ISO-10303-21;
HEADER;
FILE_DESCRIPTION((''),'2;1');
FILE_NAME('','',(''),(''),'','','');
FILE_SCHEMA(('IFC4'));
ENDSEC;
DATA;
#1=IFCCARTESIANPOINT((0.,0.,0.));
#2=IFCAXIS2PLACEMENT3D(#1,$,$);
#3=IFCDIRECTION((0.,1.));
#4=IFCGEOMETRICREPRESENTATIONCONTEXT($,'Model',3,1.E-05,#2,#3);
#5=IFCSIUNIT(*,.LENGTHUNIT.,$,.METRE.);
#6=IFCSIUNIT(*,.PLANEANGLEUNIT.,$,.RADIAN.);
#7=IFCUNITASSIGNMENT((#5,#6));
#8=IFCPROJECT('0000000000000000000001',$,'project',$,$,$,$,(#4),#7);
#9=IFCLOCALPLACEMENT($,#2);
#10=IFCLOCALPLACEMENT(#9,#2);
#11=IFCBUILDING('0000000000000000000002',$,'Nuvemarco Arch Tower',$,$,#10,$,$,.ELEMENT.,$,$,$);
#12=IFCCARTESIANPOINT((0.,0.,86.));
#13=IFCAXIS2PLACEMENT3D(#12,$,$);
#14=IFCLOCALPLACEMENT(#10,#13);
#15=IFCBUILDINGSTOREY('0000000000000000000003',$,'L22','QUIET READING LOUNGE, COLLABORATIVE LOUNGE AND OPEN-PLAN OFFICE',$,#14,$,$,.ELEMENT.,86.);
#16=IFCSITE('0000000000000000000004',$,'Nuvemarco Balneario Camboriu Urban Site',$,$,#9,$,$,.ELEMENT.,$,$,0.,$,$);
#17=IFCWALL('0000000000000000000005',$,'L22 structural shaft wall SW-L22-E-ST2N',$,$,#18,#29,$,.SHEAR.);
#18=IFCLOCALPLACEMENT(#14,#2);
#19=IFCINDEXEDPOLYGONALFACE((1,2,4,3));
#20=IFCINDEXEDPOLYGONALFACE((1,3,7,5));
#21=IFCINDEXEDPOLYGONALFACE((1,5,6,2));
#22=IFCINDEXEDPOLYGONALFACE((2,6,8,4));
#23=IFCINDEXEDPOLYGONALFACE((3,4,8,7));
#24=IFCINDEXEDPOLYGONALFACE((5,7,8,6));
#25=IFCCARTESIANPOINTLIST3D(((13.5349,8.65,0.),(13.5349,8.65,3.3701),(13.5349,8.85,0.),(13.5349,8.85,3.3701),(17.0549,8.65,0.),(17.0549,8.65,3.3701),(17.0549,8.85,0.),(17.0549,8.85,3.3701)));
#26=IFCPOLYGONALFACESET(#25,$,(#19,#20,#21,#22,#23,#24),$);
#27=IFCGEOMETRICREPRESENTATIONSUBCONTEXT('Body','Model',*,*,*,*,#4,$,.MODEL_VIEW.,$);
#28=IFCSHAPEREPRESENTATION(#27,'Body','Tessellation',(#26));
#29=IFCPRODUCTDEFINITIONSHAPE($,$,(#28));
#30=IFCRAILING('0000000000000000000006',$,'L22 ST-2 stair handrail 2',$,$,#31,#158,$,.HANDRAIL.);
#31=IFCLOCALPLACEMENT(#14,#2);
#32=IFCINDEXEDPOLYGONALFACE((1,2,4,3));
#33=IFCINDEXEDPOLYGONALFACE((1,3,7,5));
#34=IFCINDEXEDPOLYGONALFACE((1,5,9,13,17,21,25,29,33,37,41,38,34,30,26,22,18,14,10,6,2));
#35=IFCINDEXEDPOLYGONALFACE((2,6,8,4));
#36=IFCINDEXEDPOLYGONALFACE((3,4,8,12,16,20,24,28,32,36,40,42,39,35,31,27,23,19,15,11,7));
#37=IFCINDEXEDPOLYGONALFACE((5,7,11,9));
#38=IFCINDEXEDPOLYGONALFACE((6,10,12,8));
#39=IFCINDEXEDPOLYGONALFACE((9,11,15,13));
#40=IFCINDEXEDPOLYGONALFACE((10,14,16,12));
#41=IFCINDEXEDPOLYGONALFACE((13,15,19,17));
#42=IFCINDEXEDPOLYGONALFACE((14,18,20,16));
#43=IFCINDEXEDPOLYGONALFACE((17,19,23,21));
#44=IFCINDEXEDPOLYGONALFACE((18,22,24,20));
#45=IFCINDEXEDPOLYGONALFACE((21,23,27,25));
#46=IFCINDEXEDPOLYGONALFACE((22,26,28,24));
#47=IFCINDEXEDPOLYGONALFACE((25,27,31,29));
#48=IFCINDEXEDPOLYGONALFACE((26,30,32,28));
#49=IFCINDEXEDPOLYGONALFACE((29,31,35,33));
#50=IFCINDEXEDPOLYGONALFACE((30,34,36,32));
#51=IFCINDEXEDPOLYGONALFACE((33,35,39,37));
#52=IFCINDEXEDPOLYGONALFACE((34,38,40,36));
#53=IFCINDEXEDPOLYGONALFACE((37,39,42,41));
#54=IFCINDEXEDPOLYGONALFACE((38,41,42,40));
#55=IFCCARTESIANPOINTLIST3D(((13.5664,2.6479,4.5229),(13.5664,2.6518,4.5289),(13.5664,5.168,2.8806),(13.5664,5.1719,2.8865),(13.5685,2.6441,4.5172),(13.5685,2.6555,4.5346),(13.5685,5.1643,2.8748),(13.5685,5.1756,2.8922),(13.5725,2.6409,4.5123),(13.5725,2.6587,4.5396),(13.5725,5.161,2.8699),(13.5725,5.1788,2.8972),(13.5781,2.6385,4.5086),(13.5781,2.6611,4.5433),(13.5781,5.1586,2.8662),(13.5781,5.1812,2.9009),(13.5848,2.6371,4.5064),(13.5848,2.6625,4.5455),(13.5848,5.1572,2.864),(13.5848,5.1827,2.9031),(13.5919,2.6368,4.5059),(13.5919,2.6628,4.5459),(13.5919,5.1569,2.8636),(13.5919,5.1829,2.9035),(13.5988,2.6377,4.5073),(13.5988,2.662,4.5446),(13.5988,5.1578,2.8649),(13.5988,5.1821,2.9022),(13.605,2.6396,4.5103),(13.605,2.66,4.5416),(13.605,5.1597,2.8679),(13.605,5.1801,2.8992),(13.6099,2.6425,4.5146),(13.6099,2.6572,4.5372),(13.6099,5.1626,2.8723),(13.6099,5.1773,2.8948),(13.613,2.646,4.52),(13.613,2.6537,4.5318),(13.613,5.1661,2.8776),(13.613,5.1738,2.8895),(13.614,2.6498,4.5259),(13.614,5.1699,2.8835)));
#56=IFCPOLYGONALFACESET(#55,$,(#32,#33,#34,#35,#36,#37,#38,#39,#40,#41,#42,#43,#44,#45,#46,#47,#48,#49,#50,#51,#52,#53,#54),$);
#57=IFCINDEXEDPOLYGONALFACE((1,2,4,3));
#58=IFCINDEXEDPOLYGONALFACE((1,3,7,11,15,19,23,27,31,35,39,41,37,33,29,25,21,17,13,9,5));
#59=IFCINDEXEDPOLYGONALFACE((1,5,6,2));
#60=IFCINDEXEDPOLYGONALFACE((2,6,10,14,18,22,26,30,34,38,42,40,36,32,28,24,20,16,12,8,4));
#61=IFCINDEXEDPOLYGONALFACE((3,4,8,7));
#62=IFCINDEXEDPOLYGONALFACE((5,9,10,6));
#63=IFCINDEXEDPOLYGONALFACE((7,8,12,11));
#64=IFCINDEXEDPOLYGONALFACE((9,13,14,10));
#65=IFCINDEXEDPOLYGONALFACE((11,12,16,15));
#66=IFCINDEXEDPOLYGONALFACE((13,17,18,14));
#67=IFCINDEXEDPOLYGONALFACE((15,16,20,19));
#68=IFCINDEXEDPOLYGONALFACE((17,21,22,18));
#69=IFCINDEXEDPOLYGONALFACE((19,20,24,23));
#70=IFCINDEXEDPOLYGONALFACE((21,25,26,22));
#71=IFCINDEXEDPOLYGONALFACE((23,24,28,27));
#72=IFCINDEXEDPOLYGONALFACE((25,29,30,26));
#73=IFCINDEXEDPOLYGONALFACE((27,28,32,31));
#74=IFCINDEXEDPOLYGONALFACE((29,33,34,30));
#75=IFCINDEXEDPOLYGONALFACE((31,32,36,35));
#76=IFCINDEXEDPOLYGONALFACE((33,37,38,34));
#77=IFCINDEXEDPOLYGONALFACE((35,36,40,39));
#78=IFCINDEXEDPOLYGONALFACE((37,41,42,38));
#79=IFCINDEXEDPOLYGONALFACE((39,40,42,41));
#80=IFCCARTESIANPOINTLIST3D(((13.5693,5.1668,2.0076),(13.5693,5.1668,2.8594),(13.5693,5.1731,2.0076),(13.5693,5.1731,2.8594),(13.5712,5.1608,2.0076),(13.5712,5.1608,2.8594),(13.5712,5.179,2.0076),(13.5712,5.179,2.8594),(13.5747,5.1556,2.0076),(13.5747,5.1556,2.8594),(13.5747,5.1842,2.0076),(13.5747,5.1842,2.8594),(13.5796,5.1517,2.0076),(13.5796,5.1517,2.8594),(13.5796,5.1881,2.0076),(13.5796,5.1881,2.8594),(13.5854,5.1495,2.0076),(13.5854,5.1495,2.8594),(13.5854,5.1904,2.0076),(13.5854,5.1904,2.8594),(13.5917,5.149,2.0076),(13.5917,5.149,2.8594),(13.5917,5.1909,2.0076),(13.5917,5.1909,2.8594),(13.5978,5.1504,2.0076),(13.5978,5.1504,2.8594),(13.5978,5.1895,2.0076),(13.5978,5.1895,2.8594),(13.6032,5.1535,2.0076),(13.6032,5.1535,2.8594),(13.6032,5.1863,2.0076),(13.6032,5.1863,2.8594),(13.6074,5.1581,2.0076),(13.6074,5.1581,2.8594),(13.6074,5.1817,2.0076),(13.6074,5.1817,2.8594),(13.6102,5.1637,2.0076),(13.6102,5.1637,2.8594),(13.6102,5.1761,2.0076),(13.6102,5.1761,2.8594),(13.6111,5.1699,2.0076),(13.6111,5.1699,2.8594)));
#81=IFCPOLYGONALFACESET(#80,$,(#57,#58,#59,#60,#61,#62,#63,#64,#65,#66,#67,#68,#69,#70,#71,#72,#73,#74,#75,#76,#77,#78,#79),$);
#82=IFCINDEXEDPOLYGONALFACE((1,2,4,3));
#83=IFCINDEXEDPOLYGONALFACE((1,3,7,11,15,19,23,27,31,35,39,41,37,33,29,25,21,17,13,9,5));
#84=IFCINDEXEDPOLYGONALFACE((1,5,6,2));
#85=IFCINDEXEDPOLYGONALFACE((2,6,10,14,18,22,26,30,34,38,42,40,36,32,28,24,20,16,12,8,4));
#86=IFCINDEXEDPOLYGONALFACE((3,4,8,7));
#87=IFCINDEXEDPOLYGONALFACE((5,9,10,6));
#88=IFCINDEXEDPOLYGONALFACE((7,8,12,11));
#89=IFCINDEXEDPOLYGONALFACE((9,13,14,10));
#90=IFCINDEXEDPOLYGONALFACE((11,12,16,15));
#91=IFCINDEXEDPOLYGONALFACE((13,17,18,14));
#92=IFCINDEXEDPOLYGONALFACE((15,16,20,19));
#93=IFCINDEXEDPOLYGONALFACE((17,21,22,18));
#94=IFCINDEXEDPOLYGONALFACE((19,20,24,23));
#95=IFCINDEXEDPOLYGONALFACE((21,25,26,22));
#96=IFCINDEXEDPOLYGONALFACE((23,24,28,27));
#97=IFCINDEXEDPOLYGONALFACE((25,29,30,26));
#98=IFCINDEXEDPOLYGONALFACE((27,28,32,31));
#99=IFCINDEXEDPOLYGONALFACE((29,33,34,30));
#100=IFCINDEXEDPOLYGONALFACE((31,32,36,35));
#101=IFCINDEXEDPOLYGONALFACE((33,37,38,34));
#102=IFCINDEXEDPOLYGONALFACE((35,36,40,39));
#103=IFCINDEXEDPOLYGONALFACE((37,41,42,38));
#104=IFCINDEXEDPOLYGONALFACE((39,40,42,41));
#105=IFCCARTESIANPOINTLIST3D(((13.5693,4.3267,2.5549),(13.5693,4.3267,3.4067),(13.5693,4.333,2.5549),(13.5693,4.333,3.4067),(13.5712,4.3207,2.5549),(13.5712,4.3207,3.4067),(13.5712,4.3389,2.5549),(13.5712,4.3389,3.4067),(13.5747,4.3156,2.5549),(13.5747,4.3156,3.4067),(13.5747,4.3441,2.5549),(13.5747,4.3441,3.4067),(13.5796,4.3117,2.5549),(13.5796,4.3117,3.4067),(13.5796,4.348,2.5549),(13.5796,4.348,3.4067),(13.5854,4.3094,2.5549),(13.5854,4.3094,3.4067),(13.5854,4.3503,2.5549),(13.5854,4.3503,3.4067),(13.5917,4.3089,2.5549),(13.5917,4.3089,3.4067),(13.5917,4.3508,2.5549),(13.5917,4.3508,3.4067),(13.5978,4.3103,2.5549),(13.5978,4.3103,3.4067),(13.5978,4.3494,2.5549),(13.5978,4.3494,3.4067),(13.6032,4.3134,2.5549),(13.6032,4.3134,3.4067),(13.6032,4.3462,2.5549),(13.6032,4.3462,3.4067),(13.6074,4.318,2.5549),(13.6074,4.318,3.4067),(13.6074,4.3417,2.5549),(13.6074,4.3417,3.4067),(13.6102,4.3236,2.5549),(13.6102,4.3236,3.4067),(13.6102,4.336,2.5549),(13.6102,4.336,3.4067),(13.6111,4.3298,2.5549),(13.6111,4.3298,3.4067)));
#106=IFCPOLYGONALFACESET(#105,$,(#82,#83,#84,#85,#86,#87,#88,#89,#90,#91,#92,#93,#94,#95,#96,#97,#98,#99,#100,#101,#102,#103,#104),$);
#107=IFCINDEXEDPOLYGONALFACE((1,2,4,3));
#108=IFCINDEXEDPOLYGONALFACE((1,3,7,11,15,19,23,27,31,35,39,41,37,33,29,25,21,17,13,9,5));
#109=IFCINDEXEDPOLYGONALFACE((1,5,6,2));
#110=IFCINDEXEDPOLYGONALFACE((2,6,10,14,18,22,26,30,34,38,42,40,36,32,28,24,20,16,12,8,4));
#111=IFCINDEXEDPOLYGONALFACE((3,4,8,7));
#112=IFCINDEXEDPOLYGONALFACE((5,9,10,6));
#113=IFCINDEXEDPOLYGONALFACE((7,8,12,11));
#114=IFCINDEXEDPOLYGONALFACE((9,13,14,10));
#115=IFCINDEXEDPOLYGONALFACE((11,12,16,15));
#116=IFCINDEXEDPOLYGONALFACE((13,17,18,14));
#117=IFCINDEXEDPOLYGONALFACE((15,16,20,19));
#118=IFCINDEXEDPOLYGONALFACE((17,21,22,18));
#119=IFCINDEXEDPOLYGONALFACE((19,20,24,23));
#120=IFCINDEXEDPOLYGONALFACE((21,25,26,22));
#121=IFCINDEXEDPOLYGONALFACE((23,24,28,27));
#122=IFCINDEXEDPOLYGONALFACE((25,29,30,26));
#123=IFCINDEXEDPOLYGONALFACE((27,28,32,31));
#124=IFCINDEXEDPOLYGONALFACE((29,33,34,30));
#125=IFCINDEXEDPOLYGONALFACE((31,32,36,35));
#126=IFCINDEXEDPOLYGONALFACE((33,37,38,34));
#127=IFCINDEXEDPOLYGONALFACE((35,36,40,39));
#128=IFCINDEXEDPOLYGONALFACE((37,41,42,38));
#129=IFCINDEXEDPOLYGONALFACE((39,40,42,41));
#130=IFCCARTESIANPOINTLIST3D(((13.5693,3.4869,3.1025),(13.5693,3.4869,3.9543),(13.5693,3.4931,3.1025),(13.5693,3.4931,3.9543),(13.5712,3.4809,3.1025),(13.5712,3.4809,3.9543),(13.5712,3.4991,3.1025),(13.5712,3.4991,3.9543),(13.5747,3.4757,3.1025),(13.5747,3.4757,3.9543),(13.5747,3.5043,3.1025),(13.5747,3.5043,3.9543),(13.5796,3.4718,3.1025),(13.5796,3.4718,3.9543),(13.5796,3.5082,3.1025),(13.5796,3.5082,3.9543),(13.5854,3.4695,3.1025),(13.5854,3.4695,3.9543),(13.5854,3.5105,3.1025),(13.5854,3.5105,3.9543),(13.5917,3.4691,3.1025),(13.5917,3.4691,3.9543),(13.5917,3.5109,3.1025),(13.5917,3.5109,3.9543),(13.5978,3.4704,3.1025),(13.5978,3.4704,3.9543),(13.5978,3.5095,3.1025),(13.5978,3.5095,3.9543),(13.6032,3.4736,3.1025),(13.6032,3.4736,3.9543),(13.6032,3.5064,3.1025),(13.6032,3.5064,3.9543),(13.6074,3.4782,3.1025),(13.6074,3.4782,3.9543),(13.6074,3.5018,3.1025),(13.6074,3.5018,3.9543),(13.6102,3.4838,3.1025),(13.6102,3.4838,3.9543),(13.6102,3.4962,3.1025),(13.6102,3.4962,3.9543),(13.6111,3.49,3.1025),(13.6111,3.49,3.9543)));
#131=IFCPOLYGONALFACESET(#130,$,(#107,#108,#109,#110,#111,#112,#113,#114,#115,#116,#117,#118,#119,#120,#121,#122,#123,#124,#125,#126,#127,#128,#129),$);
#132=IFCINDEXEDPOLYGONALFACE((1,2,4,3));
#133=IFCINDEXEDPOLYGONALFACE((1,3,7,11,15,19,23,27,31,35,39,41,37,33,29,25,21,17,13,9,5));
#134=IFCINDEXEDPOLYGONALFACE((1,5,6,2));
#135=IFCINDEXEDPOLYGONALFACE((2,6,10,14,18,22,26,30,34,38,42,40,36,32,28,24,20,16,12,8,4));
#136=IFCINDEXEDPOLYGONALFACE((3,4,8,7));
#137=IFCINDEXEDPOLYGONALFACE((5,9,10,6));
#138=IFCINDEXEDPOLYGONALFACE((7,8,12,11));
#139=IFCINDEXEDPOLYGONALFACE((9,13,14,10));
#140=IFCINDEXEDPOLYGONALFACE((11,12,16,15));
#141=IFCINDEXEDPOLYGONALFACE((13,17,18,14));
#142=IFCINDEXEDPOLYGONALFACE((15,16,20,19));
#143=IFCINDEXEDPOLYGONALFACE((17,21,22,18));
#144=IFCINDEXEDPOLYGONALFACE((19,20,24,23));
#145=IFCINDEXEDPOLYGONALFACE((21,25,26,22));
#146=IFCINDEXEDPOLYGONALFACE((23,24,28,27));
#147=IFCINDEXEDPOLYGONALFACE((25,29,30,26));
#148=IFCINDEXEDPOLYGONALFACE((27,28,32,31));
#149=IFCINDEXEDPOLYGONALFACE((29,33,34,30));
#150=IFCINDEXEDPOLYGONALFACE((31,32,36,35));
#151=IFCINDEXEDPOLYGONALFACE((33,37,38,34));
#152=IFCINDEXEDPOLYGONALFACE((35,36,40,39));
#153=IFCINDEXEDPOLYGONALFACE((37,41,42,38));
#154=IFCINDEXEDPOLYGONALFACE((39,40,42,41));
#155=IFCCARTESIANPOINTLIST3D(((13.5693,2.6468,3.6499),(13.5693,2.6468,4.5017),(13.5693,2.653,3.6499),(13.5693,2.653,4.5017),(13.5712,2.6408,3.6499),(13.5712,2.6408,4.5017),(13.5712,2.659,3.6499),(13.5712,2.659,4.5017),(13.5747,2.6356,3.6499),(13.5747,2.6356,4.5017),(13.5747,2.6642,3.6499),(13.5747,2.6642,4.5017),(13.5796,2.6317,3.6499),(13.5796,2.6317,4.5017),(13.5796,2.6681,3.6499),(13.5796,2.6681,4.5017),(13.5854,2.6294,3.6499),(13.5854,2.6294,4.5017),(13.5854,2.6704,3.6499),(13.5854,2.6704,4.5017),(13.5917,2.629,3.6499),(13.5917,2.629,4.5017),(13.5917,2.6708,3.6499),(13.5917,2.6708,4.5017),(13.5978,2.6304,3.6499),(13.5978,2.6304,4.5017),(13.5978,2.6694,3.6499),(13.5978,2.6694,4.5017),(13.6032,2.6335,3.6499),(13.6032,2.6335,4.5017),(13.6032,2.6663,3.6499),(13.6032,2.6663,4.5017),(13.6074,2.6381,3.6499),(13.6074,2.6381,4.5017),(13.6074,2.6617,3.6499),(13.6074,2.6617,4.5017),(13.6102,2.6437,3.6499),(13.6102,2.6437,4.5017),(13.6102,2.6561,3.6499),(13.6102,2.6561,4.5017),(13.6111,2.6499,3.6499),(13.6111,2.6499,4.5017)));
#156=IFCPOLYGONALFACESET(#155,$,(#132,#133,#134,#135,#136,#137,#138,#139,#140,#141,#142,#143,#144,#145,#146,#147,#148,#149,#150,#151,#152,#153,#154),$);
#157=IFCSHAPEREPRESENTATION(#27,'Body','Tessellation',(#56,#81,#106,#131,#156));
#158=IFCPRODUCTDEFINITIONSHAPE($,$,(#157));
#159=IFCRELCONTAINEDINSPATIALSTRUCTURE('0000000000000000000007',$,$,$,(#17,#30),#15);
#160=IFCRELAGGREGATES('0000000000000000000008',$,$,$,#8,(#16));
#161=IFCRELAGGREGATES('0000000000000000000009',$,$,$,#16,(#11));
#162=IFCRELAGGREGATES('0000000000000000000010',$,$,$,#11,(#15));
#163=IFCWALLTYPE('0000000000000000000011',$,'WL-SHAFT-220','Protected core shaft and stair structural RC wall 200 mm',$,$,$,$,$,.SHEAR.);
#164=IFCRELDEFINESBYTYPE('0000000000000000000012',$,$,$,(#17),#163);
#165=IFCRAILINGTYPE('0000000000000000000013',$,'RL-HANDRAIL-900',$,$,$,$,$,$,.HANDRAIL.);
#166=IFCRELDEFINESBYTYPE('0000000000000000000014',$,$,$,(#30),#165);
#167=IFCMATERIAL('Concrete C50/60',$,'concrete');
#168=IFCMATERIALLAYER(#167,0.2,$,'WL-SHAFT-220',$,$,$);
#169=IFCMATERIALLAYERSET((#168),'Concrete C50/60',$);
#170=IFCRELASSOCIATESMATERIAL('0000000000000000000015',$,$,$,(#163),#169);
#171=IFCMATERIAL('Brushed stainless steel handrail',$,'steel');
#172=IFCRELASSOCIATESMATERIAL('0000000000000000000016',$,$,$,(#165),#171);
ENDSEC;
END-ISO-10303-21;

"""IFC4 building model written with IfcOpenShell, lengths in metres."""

from ifc_helpers import new_model, si_unit, direction, frame, frame_2d, origin, origin_2d, place, context, subcontext, project, spatial, rectangle, circle, extrude, material, layer, layer_set, type_object, element, save


model = new_model("IFC4")

# Units and contexts
model_context = context("Model", 3, precision=1e-05, world=origin(), true_north=direction((0.0, 1.0)))
body_context = subcontext(model_context, "Body", "Model", "MODEL_VIEW")
ifc_project = project(units=[si_unit("LENGTHUNIT", "METRE"), si_unit("PLANEANGLEUNIT", "RADIAN")], contexts=[model_context])

# Site, building, storey
site_placement = place(None, origin())
site = spatial("IfcSite", under=ifc_project, at=site_placement, Name="Nuvemarco Balneario Camboriu Urban Site", CompositionType="ELEMENT", RefElevation=0.0)
building_placement = place(site_placement, origin())
building = spatial("IfcBuilding", under=site, at=building_placement, Name="Nuvemarco Arch Tower", CompositionType="ELEMENT")
storey_placement = place(building_placement, frame((0.0, 0.0, 86.0)))
storey = spatial("IfcBuildingStorey", under=building, at=storey_placement, Name="L22", Description="QUIET READING LOUNGE, COLLABORATIVE LOUNGE AND OPEN-PLAN OFFICE", CompositionType="ELEMENT", Elevation=86.0)

# Shared definitions
ifc_material_1 = material(Name="Concrete C50/60", Category="concrete")
ifc_layer_1 = layer(ifc_material_1, 0.2, Name="WL-SHAFT-220")
ifc_layer_set_1 = layer_set([ifc_layer_1], Name="Concrete C50/60")
wall_type_1 = type_object("IfcWallType", Name="WL-SHAFT-220", Description="Protected core shaft and stair structural RC wall 200 mm", PredefinedType="SHEAR", material=ifc_layer_set_1)

# Wall
for number, where, z_axis, x_axis, name in (
    (1, (13.5349, 8.75, 0.0), (0.0, 0.0, 1.0), (1.0, 0.0, 0.0), "L22 structural shaft wall SW-L22-E-ST2N"),
):
    element("IfcWall", number, at=place(storey_placement, frame(where, z_axis=z_axis, x_axis=x_axis)), inside=storey, type_object=wall_type_1, Name=name, PredefinedType="SHEAR", context=body_context, shape_type="SweptSolid", body=[
        extrude(rectangle(XDim=3.52, YDim=0.2, at=frame_2d((1.76, 0.0))), origin(), (0.0, 0.0, 1.0), 3.3701),
    ])

# Railing
ifc_material_2 = material(Name="Brushed stainless steel handrail", Category="steel")
railing_type = type_object("IfcRailingType", Name="RL-HANDRAIL-900", PredefinedType="HANDRAIL", material=ifc_material_2)
railing_placement = place(storey_placement, frame((13.5901, 5.1699, 2.0076)))
element("IfcRailing", 2, at=railing_placement, inside=storey, type_object=railing_type, Name="L22 ST-2 stair handrail 2", PredefinedType="HANDRAIL", context=body_context, shape_type="SweptSolid", body=[
    extrude(circle(Radius=0.0239, at=origin_2d()), frame((0.0, 0.0, 0.876), z_axis=(0.0, -0.837787, 0.545998), x_axis=(1.0, 0.0, 0.0)), (0.0, 0.0, 1.0), 3.0081),
    extrude(circle(Radius=0.021, at=origin_2d()), origin(), (0.0, 0.0, 1.0), 0.8518),
    extrude(circle(Radius=0.021, at=origin_2d()), frame((0.0, -0.8401, 0.5474)), (0.0, 0.0, 1.0), 0.8518),
    extrude(circle(Radius=0.021, at=origin_2d()), frame((0.0, -1.6799, 1.095)), (0.0, 0.0, 1.0), 0.8518),
    extrude(circle(Radius=0.021, at=origin_2d()), frame((0.0, -2.52, 1.6423)), (0.0, 0.0, 1.0), 0.8518),
])

save(model, "model.ifc")
